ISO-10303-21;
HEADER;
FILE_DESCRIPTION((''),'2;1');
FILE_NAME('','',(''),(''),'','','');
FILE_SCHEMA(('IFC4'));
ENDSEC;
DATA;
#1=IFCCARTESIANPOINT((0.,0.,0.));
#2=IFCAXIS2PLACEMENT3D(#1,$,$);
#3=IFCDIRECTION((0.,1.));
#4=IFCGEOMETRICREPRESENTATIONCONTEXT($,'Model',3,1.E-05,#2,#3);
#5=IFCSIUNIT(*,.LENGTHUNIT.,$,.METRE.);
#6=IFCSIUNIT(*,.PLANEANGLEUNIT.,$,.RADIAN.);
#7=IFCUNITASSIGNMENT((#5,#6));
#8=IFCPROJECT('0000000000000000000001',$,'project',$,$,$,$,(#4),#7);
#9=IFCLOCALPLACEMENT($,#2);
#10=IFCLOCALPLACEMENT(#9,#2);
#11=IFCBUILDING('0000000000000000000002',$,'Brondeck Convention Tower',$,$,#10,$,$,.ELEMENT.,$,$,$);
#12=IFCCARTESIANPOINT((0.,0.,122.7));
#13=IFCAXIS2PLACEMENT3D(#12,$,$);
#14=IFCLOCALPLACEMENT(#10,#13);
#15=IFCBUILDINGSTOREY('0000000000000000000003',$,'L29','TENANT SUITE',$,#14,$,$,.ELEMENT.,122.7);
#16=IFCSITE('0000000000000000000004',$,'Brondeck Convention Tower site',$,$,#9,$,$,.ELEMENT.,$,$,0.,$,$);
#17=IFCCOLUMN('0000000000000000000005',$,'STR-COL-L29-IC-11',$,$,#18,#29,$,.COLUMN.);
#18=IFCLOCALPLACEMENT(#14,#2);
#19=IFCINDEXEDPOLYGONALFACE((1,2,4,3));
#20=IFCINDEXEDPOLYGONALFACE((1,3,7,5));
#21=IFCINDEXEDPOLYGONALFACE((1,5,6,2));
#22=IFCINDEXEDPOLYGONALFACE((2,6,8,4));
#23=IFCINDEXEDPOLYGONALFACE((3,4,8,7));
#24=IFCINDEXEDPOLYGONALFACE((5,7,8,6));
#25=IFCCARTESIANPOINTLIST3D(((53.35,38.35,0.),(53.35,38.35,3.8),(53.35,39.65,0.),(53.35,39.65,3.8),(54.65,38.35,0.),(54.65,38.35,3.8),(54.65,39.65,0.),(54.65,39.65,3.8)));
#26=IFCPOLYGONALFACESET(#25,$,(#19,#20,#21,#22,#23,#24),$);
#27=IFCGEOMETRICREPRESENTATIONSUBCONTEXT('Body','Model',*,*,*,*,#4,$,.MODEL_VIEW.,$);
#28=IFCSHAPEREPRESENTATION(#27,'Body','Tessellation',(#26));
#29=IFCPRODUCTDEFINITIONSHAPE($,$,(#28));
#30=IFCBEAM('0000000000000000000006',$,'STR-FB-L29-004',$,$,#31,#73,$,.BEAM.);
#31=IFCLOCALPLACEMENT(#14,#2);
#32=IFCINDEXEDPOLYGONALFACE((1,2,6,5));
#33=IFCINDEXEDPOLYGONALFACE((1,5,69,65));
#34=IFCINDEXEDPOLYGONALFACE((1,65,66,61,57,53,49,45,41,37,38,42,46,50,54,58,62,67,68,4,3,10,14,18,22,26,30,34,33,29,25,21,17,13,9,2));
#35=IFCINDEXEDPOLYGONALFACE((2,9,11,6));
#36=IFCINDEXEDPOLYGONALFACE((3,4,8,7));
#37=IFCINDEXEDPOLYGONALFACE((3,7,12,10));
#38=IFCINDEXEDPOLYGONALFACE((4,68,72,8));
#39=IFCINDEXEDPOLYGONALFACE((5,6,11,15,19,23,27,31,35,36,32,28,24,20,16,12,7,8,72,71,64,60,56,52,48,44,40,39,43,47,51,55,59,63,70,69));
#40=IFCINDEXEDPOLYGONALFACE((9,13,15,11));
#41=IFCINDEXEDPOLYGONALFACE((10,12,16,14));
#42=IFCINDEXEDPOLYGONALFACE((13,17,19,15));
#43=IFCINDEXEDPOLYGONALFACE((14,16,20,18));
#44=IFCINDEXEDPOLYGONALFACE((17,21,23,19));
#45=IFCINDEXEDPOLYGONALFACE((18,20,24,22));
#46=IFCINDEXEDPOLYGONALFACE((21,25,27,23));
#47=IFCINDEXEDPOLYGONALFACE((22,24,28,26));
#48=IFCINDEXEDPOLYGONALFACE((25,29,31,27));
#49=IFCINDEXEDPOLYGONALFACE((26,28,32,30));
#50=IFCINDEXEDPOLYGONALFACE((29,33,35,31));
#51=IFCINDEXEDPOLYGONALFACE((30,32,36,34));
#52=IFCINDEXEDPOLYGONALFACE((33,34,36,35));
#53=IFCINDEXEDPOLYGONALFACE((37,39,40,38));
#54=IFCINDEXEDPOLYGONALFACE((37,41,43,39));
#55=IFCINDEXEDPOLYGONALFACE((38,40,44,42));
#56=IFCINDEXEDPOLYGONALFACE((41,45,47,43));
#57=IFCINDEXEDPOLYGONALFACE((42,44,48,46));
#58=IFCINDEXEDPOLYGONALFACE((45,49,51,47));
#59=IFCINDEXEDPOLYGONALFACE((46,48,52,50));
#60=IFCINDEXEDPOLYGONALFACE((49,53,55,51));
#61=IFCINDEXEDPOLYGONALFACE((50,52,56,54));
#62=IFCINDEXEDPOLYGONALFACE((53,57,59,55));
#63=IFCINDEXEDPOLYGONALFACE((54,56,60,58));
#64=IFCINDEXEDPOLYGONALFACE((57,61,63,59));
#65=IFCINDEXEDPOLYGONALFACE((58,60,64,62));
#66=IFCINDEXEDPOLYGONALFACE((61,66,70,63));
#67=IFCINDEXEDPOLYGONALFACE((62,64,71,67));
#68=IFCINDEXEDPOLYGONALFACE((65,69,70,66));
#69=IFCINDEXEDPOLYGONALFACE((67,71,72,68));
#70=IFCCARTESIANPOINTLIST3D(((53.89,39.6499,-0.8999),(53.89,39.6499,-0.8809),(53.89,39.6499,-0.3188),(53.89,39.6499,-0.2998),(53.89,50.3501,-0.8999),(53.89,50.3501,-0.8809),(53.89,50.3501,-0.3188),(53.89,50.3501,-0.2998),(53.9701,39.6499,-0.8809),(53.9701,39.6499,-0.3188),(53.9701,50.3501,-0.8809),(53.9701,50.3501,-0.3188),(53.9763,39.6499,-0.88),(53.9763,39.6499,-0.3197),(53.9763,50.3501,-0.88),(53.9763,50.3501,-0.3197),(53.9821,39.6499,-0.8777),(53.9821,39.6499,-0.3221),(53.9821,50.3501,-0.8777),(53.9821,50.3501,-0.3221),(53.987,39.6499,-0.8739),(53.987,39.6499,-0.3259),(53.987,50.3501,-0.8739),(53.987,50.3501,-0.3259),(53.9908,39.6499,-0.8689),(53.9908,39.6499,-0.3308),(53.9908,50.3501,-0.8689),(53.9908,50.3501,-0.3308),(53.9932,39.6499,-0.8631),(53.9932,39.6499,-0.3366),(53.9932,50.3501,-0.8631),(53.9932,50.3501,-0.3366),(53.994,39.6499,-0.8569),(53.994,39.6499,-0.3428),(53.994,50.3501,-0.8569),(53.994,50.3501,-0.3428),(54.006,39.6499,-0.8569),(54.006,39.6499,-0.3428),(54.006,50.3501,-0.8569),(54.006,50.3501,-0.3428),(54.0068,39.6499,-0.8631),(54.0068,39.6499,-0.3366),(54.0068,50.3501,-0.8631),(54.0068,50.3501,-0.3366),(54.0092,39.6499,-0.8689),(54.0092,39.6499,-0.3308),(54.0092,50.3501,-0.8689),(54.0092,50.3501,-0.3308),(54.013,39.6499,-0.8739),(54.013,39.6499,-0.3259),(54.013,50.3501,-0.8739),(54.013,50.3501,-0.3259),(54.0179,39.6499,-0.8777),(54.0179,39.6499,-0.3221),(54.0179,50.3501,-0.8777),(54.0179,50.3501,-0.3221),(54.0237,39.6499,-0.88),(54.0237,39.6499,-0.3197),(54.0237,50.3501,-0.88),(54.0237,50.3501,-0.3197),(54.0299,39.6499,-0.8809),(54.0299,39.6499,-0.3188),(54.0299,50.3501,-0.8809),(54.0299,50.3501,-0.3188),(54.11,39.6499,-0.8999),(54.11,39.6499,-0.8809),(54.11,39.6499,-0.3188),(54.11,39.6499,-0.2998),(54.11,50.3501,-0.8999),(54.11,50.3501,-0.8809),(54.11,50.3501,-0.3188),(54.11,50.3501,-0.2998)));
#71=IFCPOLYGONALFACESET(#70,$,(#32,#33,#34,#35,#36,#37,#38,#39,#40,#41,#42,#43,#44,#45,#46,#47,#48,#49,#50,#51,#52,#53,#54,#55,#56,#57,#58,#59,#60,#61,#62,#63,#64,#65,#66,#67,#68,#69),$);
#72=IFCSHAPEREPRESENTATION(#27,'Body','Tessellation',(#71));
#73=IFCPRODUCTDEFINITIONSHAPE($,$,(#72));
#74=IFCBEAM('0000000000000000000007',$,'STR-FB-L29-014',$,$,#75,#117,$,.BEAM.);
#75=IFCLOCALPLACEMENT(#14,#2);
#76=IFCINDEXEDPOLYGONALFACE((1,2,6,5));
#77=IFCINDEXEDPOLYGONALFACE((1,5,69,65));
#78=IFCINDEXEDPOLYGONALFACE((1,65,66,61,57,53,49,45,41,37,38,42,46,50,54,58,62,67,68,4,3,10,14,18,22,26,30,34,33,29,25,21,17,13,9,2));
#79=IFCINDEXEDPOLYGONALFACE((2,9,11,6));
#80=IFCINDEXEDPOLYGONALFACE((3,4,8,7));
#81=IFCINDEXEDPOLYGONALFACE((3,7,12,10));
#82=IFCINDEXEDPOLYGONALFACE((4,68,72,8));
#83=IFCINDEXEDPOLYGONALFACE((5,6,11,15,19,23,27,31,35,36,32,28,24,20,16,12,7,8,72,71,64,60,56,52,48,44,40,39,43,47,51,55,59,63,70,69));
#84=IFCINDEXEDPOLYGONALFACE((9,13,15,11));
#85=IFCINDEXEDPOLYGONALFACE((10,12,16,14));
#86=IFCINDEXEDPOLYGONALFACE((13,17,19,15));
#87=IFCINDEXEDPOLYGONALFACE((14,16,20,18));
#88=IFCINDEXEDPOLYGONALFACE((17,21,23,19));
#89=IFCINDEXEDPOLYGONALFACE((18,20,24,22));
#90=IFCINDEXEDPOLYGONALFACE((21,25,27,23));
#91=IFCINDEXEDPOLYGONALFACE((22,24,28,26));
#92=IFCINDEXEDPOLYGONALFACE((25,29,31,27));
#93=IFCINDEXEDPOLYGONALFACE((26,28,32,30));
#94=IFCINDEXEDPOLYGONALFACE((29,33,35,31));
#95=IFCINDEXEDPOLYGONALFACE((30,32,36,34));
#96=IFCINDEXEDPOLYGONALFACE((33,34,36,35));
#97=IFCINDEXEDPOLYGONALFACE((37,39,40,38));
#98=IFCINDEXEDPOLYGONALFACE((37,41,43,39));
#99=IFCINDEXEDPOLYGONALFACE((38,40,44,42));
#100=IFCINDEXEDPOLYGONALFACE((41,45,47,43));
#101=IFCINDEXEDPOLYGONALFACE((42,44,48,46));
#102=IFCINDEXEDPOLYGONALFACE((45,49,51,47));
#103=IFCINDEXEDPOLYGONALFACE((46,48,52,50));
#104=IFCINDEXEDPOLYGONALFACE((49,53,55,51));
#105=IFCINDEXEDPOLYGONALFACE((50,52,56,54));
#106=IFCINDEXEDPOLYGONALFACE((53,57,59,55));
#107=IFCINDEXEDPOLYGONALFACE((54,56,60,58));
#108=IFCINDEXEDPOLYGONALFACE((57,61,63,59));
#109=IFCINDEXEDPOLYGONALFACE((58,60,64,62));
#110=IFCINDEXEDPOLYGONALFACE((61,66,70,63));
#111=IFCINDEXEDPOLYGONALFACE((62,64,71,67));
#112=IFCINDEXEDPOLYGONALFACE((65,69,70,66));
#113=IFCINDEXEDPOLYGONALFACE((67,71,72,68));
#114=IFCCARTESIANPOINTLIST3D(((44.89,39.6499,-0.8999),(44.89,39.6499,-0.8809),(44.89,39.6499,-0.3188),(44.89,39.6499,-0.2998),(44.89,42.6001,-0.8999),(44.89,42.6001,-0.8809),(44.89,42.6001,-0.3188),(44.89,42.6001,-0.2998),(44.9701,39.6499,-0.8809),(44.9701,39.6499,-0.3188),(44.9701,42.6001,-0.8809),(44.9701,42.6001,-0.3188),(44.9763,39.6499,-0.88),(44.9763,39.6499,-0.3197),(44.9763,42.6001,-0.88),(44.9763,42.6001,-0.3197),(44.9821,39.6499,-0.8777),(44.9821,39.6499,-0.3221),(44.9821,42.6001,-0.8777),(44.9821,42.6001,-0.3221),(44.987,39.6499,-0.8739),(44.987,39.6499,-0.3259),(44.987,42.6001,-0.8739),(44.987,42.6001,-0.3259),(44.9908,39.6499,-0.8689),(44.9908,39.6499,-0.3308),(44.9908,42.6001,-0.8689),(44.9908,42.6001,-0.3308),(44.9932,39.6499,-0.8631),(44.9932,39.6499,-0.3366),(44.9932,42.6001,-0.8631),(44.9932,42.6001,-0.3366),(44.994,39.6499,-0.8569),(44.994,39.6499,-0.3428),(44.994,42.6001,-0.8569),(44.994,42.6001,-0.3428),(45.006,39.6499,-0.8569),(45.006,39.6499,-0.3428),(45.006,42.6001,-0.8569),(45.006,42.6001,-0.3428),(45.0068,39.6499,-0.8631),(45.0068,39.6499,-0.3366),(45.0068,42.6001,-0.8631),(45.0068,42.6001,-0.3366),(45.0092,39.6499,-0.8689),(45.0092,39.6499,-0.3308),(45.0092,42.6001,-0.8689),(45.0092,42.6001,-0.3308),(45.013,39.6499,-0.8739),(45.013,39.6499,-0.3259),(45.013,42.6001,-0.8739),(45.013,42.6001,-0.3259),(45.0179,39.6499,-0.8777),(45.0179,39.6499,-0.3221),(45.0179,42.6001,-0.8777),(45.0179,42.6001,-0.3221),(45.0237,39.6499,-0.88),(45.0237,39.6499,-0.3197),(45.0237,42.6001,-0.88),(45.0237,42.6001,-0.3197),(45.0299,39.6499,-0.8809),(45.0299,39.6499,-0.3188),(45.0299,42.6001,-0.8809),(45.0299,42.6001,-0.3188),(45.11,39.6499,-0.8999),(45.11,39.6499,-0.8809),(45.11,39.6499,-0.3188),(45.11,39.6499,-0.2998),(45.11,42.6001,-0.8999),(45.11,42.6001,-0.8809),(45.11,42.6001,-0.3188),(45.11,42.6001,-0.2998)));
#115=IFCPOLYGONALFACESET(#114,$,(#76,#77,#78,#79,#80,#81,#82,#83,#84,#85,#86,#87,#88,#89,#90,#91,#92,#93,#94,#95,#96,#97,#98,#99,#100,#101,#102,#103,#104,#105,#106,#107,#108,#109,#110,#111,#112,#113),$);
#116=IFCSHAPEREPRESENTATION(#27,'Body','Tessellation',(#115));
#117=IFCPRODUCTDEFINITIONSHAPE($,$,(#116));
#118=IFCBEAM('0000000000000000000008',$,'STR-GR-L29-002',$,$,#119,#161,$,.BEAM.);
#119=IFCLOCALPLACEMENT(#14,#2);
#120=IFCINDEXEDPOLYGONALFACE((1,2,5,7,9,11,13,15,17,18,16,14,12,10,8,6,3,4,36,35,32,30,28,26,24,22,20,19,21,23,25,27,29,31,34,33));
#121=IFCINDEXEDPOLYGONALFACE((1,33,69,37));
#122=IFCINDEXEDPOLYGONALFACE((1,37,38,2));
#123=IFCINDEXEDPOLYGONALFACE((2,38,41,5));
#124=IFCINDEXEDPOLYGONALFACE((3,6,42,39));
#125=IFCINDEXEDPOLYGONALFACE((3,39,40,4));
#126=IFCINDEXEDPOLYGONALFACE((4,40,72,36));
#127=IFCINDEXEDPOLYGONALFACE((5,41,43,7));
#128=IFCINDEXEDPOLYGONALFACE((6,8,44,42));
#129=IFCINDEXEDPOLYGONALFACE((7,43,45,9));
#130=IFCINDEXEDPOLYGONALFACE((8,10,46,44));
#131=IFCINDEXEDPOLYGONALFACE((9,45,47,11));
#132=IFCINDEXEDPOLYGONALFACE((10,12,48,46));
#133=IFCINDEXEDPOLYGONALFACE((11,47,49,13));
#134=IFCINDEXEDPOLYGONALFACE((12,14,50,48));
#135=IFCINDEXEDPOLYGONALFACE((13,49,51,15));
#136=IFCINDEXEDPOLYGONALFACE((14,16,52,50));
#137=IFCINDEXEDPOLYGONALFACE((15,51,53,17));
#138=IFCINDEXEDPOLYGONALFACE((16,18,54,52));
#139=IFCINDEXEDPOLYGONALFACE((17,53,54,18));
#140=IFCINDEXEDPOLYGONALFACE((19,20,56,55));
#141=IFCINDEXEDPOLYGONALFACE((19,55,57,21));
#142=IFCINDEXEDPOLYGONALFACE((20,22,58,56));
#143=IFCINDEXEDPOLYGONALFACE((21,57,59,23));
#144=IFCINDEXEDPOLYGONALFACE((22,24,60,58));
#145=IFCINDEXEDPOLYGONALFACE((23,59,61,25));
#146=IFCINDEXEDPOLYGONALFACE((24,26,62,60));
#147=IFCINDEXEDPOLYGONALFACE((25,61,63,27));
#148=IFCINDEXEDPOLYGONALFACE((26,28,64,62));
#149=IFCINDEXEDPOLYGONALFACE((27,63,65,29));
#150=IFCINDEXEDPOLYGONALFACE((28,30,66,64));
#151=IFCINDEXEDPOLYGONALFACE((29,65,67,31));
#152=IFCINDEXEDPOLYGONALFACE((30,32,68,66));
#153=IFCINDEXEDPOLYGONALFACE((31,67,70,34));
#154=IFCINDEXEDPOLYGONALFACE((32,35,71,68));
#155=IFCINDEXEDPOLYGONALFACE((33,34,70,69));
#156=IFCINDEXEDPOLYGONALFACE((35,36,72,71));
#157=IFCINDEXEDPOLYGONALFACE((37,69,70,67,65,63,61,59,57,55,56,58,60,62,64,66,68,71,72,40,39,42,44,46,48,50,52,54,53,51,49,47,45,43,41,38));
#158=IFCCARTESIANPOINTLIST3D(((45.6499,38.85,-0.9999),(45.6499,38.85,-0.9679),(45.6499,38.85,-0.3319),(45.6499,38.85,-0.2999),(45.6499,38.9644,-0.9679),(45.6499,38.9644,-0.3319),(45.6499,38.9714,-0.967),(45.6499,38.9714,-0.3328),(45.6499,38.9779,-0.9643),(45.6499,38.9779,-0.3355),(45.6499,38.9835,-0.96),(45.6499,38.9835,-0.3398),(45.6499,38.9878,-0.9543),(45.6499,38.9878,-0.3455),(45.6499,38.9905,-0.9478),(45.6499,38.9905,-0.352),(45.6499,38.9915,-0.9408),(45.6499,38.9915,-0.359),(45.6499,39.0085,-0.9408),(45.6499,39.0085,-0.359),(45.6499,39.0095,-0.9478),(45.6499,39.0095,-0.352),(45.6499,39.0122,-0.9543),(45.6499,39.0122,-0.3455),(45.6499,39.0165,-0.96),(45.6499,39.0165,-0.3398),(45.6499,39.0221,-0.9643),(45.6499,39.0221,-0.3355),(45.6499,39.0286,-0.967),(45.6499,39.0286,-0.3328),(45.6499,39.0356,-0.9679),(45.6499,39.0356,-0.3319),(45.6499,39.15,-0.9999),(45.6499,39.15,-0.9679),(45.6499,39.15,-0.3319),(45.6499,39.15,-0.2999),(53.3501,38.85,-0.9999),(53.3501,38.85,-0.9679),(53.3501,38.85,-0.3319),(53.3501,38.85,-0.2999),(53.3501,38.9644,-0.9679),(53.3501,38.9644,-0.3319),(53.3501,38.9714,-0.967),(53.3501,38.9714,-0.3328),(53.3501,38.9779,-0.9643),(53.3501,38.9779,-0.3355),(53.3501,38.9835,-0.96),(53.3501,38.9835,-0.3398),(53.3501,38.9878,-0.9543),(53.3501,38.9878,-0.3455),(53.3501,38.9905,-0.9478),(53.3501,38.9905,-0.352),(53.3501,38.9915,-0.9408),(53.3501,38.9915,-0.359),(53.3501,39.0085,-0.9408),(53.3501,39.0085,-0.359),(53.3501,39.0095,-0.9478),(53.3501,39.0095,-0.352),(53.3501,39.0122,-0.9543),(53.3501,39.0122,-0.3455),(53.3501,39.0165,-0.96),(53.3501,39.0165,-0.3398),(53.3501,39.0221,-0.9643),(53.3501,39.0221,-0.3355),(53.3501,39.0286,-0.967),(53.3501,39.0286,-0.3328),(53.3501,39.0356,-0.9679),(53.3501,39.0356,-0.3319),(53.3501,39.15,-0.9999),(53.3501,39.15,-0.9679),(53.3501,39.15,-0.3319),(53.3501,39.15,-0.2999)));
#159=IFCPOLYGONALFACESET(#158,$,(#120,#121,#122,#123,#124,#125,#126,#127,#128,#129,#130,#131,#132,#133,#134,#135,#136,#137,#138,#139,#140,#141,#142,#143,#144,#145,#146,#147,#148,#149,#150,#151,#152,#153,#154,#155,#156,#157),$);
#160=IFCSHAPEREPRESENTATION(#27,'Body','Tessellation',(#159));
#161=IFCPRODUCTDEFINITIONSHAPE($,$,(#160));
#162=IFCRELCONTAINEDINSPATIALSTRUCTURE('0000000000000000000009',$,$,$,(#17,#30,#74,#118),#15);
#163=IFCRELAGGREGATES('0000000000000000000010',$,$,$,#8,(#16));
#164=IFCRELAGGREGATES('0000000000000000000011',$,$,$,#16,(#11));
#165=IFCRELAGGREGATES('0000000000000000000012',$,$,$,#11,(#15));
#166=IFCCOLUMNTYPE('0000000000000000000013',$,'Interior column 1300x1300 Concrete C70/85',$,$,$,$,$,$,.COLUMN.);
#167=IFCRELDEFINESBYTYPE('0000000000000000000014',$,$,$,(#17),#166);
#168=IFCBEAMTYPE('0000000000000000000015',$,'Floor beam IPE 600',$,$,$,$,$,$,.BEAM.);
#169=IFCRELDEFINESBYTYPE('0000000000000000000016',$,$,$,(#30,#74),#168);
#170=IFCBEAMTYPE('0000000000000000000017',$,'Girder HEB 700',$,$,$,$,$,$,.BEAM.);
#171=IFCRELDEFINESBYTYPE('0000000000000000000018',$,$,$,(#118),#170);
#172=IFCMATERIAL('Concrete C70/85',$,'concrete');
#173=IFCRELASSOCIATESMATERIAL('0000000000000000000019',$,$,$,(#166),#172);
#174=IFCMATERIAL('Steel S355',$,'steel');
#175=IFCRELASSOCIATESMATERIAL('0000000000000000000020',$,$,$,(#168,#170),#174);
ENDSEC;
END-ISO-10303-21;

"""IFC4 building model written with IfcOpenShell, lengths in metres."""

from ifc_helpers import new_model, si_unit, direction, frame, origin, origin_2d, place, context, subcontext, project, spatial, rectangle, i_section, extrude, material, material_profile, profile_set, type_object, element, save


model = new_model("IFC4")

# Units and contexts
model_context = context("Model", 3, precision=1e-05, world=origin(), true_north=direction((0.0, 1.0)))
body_context = subcontext(model_context, "Body", "Model", "MODEL_VIEW")
ifc_project = project(units=[si_unit("LENGTHUNIT", "METRE"), si_unit("PLANEANGLEUNIT", "RADIAN")], contexts=[model_context])

# Site, building, storey
site_placement = place(None, origin())
site = spatial("IfcSite", under=ifc_project, at=site_placement, Name="Brondeck Convention Tower site", CompositionType="ELEMENT", RefElevation=0.0)
building_placement = place(site_placement, origin())
building = spatial("IfcBuilding", under=site, at=building_placement, Name="Brondeck Convention Tower", CompositionType="ELEMENT")
storey_placement = place(building_placement, frame((0.0, 0.0, 122.7)))
storey = spatial("IfcBuildingStorey", under=building, at=storey_placement, Name="L29", Description="TENANT SUITE", CompositionType="ELEMENT", Elevation=122.7)

# Column
ifc_material_1 = material(Name="Concrete C70/85", Category="concrete")
ifc_material_profile_1 = material_profile(ifc_material_1, rectangle(XDim=1.3, YDim=1.3, at=origin_2d()), Name="Interior column 1300x1300 Concrete C70/85")
ifc_profile_set_1 = profile_set([ifc_material_profile_1], Name="Concrete C70/85")
column_type = type_object("IfcColumnType", Name="Interior column 1300x1300 Concrete C70/85", PredefinedType="COLUMN", material=ifc_profile_set_1)
column_placement = place(storey_placement, frame((54.0, 39.0, 0.0), z_axis=(0.0, 0.0, 1.0), x_axis=(1.0, 0.0, 0.0)))
element("IfcColumn", 1, at=column_placement, inside=storey, type_object=column_type, Name="STR-COL-L29-IC-11", PredefinedType="COLUMN", context=body_context, shape_type="SweptSolid", body=[
    extrude(rectangle(XDim=1.3, YDim=1.3, at=origin_2d()), origin(), (0.0, 0.0, 1.0), 3.8),
])

# Beams
ifc_material_2 = material(Name="Steel S355", Category="steel")
ifc_material_profile_2 = material_profile(ifc_material_2, i_section(OverallWidth=0.22, OverallDepth=0.6001, WebThickness=0.012, FlangeThickness=0.019, FilletRadius=0.0239, at=origin_2d()), Name="IPE 600")
ifc_profile_set_2 = profile_set([ifc_material_profile_2], Name="Steel S355")
beam_type_1 = type_object("IfcBeamType", Name="Floor beam IPE 600", PredefinedType="BEAM", material=ifc_profile_set_2)
beam_1_placement = place(storey_placement, frame((54.0, 39.6499, -0.5999), z_axis=(0.0, 1.0, 0.0), x_axis=(-1.0, 0.0, 0.0)))
element("IfcBeam", 2, at=beam_1_placement, inside=storey, type_object=beam_type_1, Name="STR-FB-L29-004", PredefinedType="BEAM", context=body_context, shape_type="SweptSolid", body=[
    extrude(i_section(OverallWidth=0.22, OverallDepth=0.6001, WebThickness=0.012, FlangeThickness=0.019, FilletRadius=0.0239, at=origin_2d()), origin(), (0.0, 0.0, 1.0), 10.7002),
])
beam_2_placement = place(storey_placement, frame((45.0, 39.6499, -0.5999), z_axis=(0.0, 1.0, 0.0), x_axis=(-1.0, 0.0, 0.0)))
element("IfcBeam", 3, at=beam_2_placement, inside=storey, type_object=beam_type_1, Name="STR-FB-L29-014", PredefinedType="BEAM", context=body_context, shape_type="SweptSolid", body=[
    extrude(i_section(OverallWidth=0.22, OverallDepth=0.6001, WebThickness=0.012, FlangeThickness=0.019, FilletRadius=0.0239, at=origin_2d()), origin(), (0.0, 0.0, 1.0), 2.9502),
])
ifc_material_profile_3 = material_profile(ifc_material_2, i_section(OverallWidth=0.3, OverallDepth=0.7, WebThickness=0.0171, FlangeThickness=0.032, FilletRadius=0.0271, at=origin_2d()), Name="HEB 700")
ifc_profile_set_3 = profile_set([ifc_material_profile_3], Name="Steel S355")
beam_type_2 = type_object("IfcBeamType", Name="Girder HEB 700", PredefinedType="BEAM", material=ifc_profile_set_3)
for number, where, z_axis, x_axis, name in (
    (4, (45.6499, 39.0, -0.6499), (1.0, 0.0, 0.0), (0.0, 1.0, 0.0), "STR-GR-L29-002"),
):
    element("IfcBeam", number, at=place(storey_placement, frame(where, z_axis=z_axis, x_axis=x_axis)), inside=storey, type_object=beam_type_2, Name=name, PredefinedType="BEAM", context=body_context, shape_type="SweptSolid", body=[
        extrude(i_section(OverallWidth=0.3, OverallDepth=0.7, WebThickness=0.0171, FlangeThickness=0.032, FilletRadius=0.0271, at=origin_2d()), origin(), (0.0, 0.0, 1.0), 7.7002),
    ])

save(model, "model.ifc")
